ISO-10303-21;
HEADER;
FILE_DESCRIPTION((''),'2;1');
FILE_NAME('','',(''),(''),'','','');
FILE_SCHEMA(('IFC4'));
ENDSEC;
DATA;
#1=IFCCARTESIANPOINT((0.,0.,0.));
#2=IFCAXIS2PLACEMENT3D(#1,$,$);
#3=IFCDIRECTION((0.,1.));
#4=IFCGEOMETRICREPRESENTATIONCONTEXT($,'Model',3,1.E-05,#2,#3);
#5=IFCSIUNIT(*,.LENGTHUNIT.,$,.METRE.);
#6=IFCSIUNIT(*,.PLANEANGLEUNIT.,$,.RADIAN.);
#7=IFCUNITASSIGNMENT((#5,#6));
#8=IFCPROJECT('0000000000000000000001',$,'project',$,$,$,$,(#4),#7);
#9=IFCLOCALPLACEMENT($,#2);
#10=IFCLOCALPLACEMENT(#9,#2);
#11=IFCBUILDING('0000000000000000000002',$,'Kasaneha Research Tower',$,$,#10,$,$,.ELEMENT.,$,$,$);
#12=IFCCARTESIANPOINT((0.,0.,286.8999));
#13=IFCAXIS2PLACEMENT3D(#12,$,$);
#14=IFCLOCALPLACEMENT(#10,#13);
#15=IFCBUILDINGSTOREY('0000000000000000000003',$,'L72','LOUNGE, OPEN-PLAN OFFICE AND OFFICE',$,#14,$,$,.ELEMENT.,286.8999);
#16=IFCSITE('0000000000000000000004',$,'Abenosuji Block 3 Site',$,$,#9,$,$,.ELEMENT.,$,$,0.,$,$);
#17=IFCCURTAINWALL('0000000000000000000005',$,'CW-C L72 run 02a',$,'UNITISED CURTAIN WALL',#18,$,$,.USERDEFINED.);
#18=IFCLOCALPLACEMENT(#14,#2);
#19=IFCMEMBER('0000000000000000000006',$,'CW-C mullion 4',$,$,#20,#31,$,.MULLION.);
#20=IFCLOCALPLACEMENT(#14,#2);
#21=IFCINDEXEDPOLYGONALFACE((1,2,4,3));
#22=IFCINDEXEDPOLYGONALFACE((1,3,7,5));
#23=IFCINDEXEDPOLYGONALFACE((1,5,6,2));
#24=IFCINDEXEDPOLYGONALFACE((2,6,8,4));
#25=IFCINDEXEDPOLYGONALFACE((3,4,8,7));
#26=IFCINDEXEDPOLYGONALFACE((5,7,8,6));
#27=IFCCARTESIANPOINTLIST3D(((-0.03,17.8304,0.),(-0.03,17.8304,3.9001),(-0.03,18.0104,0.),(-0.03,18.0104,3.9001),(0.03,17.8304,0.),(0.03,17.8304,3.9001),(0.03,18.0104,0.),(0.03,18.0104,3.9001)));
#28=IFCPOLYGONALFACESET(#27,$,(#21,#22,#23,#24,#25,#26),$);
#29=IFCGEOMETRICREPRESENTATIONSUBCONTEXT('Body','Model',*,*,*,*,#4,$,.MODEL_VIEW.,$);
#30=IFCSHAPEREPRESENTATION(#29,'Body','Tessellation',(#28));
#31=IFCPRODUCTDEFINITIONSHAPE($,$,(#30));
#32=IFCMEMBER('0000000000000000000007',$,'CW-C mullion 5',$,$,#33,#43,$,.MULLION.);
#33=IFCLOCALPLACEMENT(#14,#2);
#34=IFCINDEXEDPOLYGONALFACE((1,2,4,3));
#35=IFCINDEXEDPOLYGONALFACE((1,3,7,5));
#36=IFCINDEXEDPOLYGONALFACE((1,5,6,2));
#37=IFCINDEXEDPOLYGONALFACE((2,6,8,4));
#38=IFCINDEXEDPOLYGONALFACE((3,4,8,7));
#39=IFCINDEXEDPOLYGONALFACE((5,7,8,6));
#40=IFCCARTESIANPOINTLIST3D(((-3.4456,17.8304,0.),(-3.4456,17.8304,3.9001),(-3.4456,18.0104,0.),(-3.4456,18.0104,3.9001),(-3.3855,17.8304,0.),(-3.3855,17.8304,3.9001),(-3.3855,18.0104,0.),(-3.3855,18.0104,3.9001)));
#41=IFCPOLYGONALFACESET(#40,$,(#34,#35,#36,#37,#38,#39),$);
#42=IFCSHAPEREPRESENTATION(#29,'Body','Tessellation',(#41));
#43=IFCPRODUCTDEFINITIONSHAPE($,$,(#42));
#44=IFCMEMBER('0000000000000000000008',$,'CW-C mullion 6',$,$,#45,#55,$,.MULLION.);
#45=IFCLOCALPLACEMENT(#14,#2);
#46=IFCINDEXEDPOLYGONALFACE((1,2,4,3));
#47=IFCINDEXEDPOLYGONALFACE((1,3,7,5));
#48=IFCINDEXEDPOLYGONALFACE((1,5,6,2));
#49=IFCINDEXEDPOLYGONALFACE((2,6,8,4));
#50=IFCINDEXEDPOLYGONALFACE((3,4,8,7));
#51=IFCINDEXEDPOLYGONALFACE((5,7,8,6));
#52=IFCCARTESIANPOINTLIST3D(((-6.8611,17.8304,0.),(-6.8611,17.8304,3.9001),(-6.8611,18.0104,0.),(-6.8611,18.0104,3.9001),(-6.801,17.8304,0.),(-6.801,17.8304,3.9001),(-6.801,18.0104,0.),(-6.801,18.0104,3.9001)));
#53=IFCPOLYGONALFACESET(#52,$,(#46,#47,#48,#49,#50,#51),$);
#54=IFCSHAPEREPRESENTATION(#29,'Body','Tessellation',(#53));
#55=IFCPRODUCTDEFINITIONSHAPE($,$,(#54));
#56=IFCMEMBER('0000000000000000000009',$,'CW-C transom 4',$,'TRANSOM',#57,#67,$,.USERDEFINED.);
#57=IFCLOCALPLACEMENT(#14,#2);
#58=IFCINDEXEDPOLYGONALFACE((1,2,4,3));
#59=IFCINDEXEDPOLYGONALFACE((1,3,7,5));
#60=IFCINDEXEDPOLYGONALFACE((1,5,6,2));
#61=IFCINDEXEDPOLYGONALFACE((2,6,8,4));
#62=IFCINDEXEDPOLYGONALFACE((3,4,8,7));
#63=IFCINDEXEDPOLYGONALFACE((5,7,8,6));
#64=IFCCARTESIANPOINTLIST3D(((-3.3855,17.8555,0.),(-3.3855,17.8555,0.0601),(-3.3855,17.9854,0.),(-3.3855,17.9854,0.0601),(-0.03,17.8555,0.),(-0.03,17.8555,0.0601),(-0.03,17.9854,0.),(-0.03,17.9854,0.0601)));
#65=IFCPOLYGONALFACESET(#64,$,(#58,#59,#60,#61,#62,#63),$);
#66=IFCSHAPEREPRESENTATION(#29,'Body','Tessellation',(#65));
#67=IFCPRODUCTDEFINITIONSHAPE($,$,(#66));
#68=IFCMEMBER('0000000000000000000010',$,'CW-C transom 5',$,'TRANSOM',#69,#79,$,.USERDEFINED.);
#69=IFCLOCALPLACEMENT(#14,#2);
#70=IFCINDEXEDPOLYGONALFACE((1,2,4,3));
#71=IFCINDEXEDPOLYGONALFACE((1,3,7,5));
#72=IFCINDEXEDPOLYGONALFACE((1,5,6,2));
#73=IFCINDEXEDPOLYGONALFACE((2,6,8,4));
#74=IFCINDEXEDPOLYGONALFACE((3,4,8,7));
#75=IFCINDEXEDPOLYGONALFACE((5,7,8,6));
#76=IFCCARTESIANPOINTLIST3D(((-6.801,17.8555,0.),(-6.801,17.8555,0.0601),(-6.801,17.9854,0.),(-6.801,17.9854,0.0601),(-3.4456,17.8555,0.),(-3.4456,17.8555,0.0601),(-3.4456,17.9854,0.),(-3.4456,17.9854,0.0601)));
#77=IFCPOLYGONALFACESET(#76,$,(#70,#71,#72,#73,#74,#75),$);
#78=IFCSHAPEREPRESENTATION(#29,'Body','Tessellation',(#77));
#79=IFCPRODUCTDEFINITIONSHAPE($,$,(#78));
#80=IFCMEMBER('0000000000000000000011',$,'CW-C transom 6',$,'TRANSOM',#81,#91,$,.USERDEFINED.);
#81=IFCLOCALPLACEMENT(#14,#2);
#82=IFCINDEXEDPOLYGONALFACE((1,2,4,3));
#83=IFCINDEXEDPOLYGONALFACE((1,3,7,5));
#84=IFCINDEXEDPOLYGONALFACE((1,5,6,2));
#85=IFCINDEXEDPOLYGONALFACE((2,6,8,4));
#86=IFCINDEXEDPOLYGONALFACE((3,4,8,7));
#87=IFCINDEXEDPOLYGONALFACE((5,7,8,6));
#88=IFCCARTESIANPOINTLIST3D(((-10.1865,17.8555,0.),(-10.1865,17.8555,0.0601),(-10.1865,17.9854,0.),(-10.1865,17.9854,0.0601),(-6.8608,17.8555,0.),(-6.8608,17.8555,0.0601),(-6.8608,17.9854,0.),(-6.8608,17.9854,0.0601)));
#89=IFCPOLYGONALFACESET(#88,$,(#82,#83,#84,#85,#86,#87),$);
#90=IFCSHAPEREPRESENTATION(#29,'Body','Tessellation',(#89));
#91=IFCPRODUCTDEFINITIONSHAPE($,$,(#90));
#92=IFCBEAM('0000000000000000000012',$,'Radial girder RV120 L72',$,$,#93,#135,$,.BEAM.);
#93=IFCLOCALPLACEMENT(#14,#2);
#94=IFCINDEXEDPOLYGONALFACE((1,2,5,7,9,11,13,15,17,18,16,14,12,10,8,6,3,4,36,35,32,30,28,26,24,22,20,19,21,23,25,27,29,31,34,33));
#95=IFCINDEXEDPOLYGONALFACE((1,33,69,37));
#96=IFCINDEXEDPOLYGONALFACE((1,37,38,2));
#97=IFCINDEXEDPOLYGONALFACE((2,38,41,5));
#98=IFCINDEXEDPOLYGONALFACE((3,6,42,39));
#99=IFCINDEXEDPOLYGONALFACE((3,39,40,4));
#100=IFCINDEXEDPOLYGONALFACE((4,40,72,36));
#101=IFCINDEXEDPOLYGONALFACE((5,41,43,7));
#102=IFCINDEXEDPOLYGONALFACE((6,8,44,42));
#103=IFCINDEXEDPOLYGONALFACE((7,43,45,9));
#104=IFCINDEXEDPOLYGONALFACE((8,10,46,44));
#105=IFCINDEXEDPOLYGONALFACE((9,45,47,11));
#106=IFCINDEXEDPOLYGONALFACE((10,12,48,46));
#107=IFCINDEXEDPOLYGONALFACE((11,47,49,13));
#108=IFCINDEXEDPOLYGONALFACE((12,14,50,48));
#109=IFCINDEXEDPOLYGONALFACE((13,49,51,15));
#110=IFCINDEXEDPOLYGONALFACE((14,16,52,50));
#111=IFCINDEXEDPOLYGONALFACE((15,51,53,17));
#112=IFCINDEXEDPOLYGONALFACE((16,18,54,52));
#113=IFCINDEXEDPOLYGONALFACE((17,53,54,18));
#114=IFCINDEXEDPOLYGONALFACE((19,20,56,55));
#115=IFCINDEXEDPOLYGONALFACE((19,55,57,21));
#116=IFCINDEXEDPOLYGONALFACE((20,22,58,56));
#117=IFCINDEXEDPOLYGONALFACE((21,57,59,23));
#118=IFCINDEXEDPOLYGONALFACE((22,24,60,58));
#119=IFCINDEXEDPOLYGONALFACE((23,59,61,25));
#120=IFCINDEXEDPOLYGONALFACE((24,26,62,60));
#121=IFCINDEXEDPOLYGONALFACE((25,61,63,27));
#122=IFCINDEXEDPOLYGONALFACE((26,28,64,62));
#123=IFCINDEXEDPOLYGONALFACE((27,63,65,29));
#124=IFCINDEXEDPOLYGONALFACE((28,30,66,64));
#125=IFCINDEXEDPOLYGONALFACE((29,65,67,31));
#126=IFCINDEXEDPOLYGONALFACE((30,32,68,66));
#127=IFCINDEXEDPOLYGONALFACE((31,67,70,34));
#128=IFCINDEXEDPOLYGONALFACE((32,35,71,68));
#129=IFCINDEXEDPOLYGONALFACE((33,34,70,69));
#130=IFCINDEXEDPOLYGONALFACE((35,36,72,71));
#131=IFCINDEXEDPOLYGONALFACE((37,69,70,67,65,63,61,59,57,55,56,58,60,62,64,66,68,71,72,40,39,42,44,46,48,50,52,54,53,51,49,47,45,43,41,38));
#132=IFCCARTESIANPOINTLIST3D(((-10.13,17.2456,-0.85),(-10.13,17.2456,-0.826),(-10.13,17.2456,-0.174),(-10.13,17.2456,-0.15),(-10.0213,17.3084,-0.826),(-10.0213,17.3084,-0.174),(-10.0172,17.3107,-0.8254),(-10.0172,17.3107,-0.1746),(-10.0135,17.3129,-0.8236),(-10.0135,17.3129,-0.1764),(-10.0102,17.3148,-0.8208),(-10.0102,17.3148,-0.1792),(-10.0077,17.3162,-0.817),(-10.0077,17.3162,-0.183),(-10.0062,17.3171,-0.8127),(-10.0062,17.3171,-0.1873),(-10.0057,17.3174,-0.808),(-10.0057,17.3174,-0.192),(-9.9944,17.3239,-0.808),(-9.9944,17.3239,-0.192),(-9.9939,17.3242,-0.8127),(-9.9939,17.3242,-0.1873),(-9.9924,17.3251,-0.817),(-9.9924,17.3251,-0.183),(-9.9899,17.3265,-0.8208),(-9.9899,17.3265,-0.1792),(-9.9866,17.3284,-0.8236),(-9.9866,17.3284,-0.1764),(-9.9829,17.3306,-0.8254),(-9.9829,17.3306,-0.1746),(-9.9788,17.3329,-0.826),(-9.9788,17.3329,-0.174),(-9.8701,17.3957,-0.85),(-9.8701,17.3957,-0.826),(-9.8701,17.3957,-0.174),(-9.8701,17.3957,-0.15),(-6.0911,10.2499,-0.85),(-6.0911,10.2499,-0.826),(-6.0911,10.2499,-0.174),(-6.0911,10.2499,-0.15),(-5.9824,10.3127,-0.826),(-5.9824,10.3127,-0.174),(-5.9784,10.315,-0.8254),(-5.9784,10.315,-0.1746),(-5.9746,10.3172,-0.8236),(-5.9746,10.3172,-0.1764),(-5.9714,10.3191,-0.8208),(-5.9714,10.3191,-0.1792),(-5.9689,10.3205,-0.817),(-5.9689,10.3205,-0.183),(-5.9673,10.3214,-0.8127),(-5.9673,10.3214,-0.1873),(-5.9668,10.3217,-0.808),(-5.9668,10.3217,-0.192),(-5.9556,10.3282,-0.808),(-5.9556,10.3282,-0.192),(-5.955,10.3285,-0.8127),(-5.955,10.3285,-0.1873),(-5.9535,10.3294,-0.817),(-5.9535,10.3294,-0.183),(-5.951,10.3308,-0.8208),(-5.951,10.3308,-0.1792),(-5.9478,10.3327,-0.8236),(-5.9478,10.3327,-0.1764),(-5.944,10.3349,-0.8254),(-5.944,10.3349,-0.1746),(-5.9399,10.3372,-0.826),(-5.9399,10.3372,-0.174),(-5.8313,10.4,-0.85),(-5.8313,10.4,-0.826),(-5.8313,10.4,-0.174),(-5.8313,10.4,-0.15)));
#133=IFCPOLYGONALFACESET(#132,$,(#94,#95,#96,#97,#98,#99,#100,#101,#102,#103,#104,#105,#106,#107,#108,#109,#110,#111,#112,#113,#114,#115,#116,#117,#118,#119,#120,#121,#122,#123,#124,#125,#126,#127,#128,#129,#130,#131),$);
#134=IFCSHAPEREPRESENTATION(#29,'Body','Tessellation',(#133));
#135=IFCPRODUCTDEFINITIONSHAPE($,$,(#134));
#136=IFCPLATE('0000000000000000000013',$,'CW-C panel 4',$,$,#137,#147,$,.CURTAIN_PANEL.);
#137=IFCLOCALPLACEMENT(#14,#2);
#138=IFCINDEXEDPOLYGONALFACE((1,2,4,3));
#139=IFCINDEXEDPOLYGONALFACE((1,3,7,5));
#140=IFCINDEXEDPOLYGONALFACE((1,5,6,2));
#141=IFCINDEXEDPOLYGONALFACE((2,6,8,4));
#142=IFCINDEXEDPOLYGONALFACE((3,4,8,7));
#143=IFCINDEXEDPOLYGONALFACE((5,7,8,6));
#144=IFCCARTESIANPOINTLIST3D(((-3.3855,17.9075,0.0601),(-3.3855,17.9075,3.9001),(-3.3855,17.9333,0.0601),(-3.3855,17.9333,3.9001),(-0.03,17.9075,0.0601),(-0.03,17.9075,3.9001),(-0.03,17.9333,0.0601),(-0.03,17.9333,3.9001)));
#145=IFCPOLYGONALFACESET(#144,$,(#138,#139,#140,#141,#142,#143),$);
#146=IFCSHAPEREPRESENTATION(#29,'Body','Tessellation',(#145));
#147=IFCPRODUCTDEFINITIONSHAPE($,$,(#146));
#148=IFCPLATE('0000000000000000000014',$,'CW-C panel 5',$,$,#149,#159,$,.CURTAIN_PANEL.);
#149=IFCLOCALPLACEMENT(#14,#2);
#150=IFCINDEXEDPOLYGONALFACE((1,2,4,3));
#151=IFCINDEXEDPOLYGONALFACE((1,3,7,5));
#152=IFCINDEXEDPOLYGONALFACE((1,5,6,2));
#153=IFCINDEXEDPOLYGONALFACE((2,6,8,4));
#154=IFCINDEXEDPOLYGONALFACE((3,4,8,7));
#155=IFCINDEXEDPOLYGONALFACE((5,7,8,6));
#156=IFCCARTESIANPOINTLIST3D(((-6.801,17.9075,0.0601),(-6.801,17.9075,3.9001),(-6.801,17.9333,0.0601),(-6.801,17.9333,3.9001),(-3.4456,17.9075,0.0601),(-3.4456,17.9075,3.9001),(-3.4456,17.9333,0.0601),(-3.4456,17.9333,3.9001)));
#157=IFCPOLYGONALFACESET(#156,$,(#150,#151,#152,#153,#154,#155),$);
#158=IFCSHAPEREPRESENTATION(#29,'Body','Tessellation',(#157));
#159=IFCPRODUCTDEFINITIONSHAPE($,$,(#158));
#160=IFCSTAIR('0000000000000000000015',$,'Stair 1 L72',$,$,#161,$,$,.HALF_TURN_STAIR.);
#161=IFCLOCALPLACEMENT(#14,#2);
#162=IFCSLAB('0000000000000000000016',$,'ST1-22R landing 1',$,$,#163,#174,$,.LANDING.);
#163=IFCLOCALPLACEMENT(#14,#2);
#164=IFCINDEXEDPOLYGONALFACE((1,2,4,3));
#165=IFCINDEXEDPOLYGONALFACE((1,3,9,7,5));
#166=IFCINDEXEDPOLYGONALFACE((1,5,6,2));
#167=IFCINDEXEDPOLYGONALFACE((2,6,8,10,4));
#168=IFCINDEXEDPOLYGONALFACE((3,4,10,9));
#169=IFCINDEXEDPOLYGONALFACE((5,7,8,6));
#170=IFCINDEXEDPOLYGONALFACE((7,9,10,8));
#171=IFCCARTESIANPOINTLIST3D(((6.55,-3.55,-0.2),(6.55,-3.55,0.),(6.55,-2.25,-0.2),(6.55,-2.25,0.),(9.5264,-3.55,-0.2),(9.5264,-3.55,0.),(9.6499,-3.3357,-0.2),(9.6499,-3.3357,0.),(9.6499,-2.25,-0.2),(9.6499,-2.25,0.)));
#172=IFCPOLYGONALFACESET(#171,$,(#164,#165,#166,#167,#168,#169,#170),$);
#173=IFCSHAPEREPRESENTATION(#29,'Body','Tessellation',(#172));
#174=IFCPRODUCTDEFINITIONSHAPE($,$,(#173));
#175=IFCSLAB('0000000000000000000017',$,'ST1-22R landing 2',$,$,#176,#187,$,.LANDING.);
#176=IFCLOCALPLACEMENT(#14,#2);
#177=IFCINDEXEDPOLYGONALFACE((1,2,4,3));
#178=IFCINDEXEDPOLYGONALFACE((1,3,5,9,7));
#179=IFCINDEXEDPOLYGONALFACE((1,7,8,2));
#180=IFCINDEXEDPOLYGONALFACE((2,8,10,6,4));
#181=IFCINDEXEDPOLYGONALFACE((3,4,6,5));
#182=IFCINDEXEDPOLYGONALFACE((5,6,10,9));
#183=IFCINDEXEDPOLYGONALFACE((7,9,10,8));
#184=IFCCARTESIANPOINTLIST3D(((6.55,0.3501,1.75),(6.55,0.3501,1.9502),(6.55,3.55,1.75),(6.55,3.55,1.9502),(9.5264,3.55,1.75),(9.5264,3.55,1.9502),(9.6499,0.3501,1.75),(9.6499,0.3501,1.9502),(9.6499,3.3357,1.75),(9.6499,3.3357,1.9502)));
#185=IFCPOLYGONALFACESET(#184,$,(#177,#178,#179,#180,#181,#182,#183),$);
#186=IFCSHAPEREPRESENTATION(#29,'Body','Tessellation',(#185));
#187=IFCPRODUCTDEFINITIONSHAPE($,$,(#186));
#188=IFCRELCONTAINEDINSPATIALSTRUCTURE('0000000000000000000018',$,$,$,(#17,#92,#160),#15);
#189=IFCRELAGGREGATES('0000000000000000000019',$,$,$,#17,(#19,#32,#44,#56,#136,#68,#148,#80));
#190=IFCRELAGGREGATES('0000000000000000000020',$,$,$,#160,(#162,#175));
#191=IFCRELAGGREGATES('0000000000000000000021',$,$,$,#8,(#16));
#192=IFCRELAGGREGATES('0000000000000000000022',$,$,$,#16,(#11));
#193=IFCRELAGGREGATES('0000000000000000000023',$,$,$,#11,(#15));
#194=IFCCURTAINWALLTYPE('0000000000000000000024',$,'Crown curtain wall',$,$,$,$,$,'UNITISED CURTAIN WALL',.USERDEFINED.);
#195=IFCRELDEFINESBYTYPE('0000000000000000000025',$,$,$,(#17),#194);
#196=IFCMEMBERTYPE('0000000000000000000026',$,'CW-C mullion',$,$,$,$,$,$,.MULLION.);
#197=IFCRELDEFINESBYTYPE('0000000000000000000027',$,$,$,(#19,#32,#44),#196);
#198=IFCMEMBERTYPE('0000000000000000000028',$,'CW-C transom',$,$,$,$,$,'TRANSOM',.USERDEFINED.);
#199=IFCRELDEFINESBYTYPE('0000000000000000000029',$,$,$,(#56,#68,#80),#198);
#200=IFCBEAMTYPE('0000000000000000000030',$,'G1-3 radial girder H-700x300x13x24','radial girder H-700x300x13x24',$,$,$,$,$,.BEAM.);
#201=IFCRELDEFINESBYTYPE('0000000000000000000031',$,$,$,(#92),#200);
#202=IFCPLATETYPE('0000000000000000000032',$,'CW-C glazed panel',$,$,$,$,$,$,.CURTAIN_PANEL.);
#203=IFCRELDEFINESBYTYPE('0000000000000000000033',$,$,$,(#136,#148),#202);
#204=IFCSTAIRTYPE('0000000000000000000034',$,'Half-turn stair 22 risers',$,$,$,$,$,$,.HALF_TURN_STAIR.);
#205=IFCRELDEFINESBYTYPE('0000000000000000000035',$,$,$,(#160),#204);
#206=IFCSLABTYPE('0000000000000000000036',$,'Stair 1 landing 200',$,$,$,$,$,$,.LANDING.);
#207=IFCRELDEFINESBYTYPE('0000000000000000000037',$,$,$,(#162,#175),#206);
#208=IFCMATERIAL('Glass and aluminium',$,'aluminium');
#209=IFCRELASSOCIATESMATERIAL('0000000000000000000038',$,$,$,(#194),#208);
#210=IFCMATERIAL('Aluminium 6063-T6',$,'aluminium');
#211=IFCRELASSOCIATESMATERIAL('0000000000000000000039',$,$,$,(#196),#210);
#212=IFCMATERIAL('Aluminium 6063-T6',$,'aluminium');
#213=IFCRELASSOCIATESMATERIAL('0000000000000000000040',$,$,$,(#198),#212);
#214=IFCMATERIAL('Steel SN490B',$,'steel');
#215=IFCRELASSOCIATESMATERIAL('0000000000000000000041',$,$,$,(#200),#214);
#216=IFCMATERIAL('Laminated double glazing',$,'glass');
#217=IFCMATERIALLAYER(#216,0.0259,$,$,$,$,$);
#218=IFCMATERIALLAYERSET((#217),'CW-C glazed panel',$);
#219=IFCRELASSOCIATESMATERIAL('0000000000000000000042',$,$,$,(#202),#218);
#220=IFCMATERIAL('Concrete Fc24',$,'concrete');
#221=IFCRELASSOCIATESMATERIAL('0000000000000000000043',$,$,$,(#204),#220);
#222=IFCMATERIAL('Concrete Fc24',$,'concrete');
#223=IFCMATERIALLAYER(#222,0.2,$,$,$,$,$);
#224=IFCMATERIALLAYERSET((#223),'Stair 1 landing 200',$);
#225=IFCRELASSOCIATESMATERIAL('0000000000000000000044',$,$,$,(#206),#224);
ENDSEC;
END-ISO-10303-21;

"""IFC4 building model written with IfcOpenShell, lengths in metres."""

from ifc_helpers import new_model, si_unit, direction, frame, origin, origin_2d, place, context, subcontext, project, spatial, polyline, rectangle, i_section, outline, extrude, material, layer, layer_set, material_profile, profile_set, type_object, element, aggregate, save


model = new_model("IFC4")

# Units and contexts
model_context = context("Model", 3, precision=1e-05, world=origin(), true_north=direction((0.0, 1.0)))
body_context = subcontext(model_context, "Body", "Model", "MODEL_VIEW")
ifc_project = project(units=[si_unit("LENGTHUNIT", "METRE"), si_unit("PLANEANGLEUNIT", "RADIAN")], contexts=[model_context])

# Site, building, storey
site_placement = place(None, origin())
site = spatial("IfcSite", under=ifc_project, at=site_placement, Name="Abenosuji Block 3 Site", CompositionType="ELEMENT", RefElevation=0.0)
building_placement = place(site_placement, origin())
building = spatial("IfcBuilding", under=site, at=building_placement, Name="Kasaneha Research Tower", CompositionType="ELEMENT")
storey_placement = place(building_placement, frame((0.0, 0.0, 286.8999)))
storey = spatial("IfcBuildingStorey", under=building, at=storey_placement, Name="L72", Description="LOUNGE, OPEN-PLAN OFFICE AND OFFICE", CompositionType="ELEMENT", Elevation=286.8999)

# Curtain wall, members
ifc_material_1 = material(Name="Glass and aluminium", Category="aluminium")
curtain_wall_type = type_object("IfcCurtainWallType", Name="Crown curtain wall", ElementType="UNITISED CURTAIN WALL", PredefinedType="USERDEFINED", material=ifc_material_1)
curtain_wall_placement = place(storey_placement, origin())
curtain_wall = element("IfcCurtainWall", 1, at=curtain_wall_placement, inside=storey, type_object=curtain_wall_type, Name="CW-C L72 run 02a", ObjectType="UNITISED CURTAIN WALL", PredefinedType="USERDEFINED")
ifc_material_2 = material(Name="Aluminium 6063-T6", Category="aluminium")
ifc_material_profile_1 = material_profile(ifc_material_2, rectangle(XDim=0.0601, YDim=0.1799, at=origin_2d()), Name="CW-C mullion 60x180")
ifc_profile_set_1 = profile_set([ifc_material_profile_1], Name="Aluminium 6063-T6")
member_type_1 = type_object("IfcMemberType", Name="CW-C mullion", PredefinedType="MULLION", material=ifc_profile_set_1)
member_1_placement = place(storey_placement, frame((0.0, 17.9204, 0.0), z_axis=(0.0, 0.0, 1.0), x_axis=(-1.0, 0.0, 0.0)))
member_1 = element("IfcMember", 2, at=member_1_placement, type_object=member_type_1, Name="CW-C mullion 4", PredefinedType="MULLION", context=body_context, shape_type="SweptSolid", body=[
    extrude(rectangle(XDim=0.0601, YDim=0.1799, at=origin_2d()), origin(), (0.0, 0.0, 1.0), 3.9001),
])
member_2_placement = place(storey_placement, frame((-3.4155, 17.9204, 0.0), z_axis=(0.0, 0.0, 1.0), x_axis=(-1.0, 0.0, 0.0)))
member_2 = element("IfcMember", 3, at=member_2_placement, type_object=member_type_1, Name="CW-C mullion 5", PredefinedType="MULLION", context=body_context, shape_type="SweptSolid", body=[
    extrude(rectangle(XDim=0.0601, YDim=0.1799, at=origin_2d()), origin(), (0.0, 0.0, 1.0), 3.9001),
])
member_3_placement = place(storey_placement, frame((-6.8311, 17.9204, 0.0), z_axis=(0.0, 0.0, 1.0), x_axis=(-1.0, 0.0, 0.0)))
member_3 = element("IfcMember", 4, at=member_3_placement, type_object=member_type_1, Name="CW-C mullion 6", PredefinedType="MULLION", context=body_context, shape_type="SweptSolid", body=[
    extrude(rectangle(XDim=0.0601, YDim=0.1799, at=origin_2d()), origin(), (0.0, 0.0, 1.0), 3.9001),
])
ifc_material_3 = material(Name="Aluminium 6063-T6", Category="aluminium")
ifc_material_profile_2 = material_profile(ifc_material_3, rectangle(XDim=0.1299, YDim=0.0601, at=origin_2d()), Name="CW-C transom 130x60")
ifc_profile_set_2 = profile_set([ifc_material_profile_2], Name="Aluminium 6063-T6")
member_type_2 = type_object("IfcMemberType", Name="CW-C transom", ElementType="TRANSOM", PredefinedType="USERDEFINED", material=ifc_profile_set_2)
member_4_placement = place(storey_placement, frame((-0.03, 17.9204, 0.03), z_axis=(-1.0, 0.0, 0.0), x_axis=(0.0, -1.0, 0.0)))
member_4 = element("IfcMember", 5, at=member_4_placement, type_object=member_type_2, Name="CW-C transom 4", ObjectType="TRANSOM", PredefinedType="USERDEFINED", context=body_context, shape_type="SweptSolid", body=[
    extrude(rectangle(XDim=0.1299, YDim=0.0601, at=origin_2d()), origin(), (0.0, 0.0, 1.0), 3.3555),
])
member_5_placement = place(storey_placement, frame((-3.4456, 17.9204, 0.03), z_axis=(-1.0, 0.0, 0.0), x_axis=(0.0, -1.0, 0.0)))
member_5 = element("IfcMember", 6, at=member_5_placement, type_object=member_type_2, Name="CW-C transom 5", ObjectType="TRANSOM", PredefinedType="USERDEFINED", context=body_context, shape_type="SweptSolid", body=[
    extrude(rectangle(XDim=0.1299, YDim=0.0601, at=origin_2d()), origin(), (0.0, 0.0, 1.0), 3.3555),
])
member_6_placement = place(storey_placement, frame((-6.8608, 17.9204, 0.03), z_axis=(-1.0, 0.0, 0.0), x_axis=(0.0, -1.0, 0.0)))
member_6 = element("IfcMember", 7, at=member_6_placement, type_object=member_type_2, Name="CW-C transom 6", ObjectType="TRANSOM", PredefinedType="USERDEFINED", context=body_context, shape_type="SweptSolid", body=[
    extrude(rectangle(XDim=0.1299, YDim=0.0601, at=origin_2d()), origin(), (0.0, 0.0, 1.0), 3.3257),
])

# Beam
ifc_material_4 = material(Name="Steel SN490B", Category="steel")
ifc_material_profile_3 = material_profile(ifc_material_4, i_section(OverallWidth=0.3, OverallDepth=0.7, WebThickness=0.0129, FlangeThickness=0.0239, FilletRadius=0.0181, at=origin_2d()), Name="H-700x300x13x24")
ifc_profile_set_3 = profile_set([ifc_material_profile_3], Name="Steel SN490B")
beam_type = type_object("IfcBeamType", Name="G1-3 radial girder H-700x300x13x24", Description="radial girder H-700x300x13x24", PredefinedType="BEAM", material=ifc_profile_set_3)
beam_placement = place(storey_placement, frame((-5.9612, 10.325, -0.5), z_axis=(-0.499991, 0.866031, 0.0), x_axis=(-0.866031, -0.499991, 0.0)))
element("IfcBeam", 8, at=beam_placement, inside=storey, type_object=beam_type, Name="Radial girder RV120 L72", PredefinedType="BEAM", context=body_context, shape_type="SweptSolid", body=[
    extrude(i_section(OverallWidth=0.3, OverallDepth=0.7, WebThickness=0.0129, FlangeThickness=0.0239, FilletRadius=0.0181, at=origin_2d()), origin(), (0.0, 0.0, 1.0), 8.0779),
])

# Plates
ifc_material_5 = material(Name="Laminated double glazing", Category="glass")
ifc_layer_1 = layer(ifc_material_5, 0.0259)
ifc_layer_set_1 = layer_set([ifc_layer_1], Name="CW-C glazed panel")
plate_type = type_object("IfcPlateType", Name="CW-C glazed panel", PredefinedType="CURTAIN_PANEL", material=ifc_layer_set_1)
plate_1_placement = place(storey_placement, frame((-1.7078, 17.9204, 0.0601), z_axis=(0.0, 0.0, 1.0), x_axis=(-1.0, 0.0, 0.0)))
plate_1 = element("IfcPlate", 9, at=plate_1_placement, type_object=plate_type, Name="CW-C panel 4", PredefinedType="CURTAIN_PANEL", context=body_context, shape_type="SweptSolid", body=[
    extrude(rectangle(XDim=3.3555, YDim=0.0259, at=origin_2d()), origin(), (0.0, 0.0, 1.0), 3.8401),
])
plate_2_placement = place(storey_placement, frame((-5.1233, 17.9204, 0.0601), z_axis=(0.0, 0.0, 1.0), x_axis=(-1.0, 0.0, 0.0)))
plate_2 = element("IfcPlate", 10, at=plate_2_placement, type_object=plate_type, Name="CW-C panel 5", PredefinedType="CURTAIN_PANEL", context=body_context, shape_type="SweptSolid", body=[
    extrude(rectangle(XDim=3.3555, YDim=0.0259, at=origin_2d()), origin(), (0.0, 0.0, 1.0), 3.8401),
])
aggregate(curtain_wall, [member_1, member_2, member_3, member_4, plate_1, member_5, plate_2, member_6])

# Stair, slabs
ifc_material_6 = material(Name="Concrete Fc24", Category="concrete")
stair_type = type_object("IfcStairType", Name="Half-turn stair 22 risers", PredefinedType="HALF_TURN_STAIR", material=ifc_material_6)
stair_placement = place(storey_placement, origin())
stair = element("IfcStair", 11, at=stair_placement, inside=storey, type_object=stair_type, Name="Stair 1 L72", PredefinedType="HALF_TURN_STAIR")
ifc_material_7 = material(Name="Concrete Fc24", Category="concrete")
ifc_layer_2 = layer(ifc_material_7, 0.2)
ifc_layer_set_2 = layer_set([ifc_layer_2], Name="Stair 1 landing 200")
slab_type = type_object("IfcSlabType", Name="Stair 1 landing 200", PredefinedType="LANDING", material=ifc_layer_set_2)
slab_1_placement = place(storey_placement, frame((0.0, 0.0, -0.2)))
slab_1 = element("IfcSlab", 12, at=slab_1_placement, type_object=slab_type, Name="ST1-22R landing 1", PredefinedType="LANDING", context=body_context, shape_type="SweptSolid", body=[
    extrude(outline(polyline([(9.5264, -3.55), (6.55, -3.55), (6.55, -2.25), (9.6499, -2.25), (9.6499, -3.3357), (9.5264, -3.55)])), origin(), (0.0, 0.0, 1.0), 0.2),
])
slab_2_placement = place(storey_placement, frame((0.0, 0.0, 1.75)))
slab_2 = element("IfcSlab", 13, at=slab_2_placement, type_object=slab_type, Name="ST1-22R landing 2", PredefinedType="LANDING", context=body_context, shape_type="SweptSolid", body=[
    extrude(outline(polyline([(6.55, 3.55), (9.5264, 3.55), (9.6499, 3.3357), (9.6499, 0.3501), (6.55, 0.3501), (6.55, 3.55)])), origin(), (0.0, 0.0, 1.0), 0.2002),
])
aggregate(stair, [slab_1, slab_2])

save(model, "model.ifc")
